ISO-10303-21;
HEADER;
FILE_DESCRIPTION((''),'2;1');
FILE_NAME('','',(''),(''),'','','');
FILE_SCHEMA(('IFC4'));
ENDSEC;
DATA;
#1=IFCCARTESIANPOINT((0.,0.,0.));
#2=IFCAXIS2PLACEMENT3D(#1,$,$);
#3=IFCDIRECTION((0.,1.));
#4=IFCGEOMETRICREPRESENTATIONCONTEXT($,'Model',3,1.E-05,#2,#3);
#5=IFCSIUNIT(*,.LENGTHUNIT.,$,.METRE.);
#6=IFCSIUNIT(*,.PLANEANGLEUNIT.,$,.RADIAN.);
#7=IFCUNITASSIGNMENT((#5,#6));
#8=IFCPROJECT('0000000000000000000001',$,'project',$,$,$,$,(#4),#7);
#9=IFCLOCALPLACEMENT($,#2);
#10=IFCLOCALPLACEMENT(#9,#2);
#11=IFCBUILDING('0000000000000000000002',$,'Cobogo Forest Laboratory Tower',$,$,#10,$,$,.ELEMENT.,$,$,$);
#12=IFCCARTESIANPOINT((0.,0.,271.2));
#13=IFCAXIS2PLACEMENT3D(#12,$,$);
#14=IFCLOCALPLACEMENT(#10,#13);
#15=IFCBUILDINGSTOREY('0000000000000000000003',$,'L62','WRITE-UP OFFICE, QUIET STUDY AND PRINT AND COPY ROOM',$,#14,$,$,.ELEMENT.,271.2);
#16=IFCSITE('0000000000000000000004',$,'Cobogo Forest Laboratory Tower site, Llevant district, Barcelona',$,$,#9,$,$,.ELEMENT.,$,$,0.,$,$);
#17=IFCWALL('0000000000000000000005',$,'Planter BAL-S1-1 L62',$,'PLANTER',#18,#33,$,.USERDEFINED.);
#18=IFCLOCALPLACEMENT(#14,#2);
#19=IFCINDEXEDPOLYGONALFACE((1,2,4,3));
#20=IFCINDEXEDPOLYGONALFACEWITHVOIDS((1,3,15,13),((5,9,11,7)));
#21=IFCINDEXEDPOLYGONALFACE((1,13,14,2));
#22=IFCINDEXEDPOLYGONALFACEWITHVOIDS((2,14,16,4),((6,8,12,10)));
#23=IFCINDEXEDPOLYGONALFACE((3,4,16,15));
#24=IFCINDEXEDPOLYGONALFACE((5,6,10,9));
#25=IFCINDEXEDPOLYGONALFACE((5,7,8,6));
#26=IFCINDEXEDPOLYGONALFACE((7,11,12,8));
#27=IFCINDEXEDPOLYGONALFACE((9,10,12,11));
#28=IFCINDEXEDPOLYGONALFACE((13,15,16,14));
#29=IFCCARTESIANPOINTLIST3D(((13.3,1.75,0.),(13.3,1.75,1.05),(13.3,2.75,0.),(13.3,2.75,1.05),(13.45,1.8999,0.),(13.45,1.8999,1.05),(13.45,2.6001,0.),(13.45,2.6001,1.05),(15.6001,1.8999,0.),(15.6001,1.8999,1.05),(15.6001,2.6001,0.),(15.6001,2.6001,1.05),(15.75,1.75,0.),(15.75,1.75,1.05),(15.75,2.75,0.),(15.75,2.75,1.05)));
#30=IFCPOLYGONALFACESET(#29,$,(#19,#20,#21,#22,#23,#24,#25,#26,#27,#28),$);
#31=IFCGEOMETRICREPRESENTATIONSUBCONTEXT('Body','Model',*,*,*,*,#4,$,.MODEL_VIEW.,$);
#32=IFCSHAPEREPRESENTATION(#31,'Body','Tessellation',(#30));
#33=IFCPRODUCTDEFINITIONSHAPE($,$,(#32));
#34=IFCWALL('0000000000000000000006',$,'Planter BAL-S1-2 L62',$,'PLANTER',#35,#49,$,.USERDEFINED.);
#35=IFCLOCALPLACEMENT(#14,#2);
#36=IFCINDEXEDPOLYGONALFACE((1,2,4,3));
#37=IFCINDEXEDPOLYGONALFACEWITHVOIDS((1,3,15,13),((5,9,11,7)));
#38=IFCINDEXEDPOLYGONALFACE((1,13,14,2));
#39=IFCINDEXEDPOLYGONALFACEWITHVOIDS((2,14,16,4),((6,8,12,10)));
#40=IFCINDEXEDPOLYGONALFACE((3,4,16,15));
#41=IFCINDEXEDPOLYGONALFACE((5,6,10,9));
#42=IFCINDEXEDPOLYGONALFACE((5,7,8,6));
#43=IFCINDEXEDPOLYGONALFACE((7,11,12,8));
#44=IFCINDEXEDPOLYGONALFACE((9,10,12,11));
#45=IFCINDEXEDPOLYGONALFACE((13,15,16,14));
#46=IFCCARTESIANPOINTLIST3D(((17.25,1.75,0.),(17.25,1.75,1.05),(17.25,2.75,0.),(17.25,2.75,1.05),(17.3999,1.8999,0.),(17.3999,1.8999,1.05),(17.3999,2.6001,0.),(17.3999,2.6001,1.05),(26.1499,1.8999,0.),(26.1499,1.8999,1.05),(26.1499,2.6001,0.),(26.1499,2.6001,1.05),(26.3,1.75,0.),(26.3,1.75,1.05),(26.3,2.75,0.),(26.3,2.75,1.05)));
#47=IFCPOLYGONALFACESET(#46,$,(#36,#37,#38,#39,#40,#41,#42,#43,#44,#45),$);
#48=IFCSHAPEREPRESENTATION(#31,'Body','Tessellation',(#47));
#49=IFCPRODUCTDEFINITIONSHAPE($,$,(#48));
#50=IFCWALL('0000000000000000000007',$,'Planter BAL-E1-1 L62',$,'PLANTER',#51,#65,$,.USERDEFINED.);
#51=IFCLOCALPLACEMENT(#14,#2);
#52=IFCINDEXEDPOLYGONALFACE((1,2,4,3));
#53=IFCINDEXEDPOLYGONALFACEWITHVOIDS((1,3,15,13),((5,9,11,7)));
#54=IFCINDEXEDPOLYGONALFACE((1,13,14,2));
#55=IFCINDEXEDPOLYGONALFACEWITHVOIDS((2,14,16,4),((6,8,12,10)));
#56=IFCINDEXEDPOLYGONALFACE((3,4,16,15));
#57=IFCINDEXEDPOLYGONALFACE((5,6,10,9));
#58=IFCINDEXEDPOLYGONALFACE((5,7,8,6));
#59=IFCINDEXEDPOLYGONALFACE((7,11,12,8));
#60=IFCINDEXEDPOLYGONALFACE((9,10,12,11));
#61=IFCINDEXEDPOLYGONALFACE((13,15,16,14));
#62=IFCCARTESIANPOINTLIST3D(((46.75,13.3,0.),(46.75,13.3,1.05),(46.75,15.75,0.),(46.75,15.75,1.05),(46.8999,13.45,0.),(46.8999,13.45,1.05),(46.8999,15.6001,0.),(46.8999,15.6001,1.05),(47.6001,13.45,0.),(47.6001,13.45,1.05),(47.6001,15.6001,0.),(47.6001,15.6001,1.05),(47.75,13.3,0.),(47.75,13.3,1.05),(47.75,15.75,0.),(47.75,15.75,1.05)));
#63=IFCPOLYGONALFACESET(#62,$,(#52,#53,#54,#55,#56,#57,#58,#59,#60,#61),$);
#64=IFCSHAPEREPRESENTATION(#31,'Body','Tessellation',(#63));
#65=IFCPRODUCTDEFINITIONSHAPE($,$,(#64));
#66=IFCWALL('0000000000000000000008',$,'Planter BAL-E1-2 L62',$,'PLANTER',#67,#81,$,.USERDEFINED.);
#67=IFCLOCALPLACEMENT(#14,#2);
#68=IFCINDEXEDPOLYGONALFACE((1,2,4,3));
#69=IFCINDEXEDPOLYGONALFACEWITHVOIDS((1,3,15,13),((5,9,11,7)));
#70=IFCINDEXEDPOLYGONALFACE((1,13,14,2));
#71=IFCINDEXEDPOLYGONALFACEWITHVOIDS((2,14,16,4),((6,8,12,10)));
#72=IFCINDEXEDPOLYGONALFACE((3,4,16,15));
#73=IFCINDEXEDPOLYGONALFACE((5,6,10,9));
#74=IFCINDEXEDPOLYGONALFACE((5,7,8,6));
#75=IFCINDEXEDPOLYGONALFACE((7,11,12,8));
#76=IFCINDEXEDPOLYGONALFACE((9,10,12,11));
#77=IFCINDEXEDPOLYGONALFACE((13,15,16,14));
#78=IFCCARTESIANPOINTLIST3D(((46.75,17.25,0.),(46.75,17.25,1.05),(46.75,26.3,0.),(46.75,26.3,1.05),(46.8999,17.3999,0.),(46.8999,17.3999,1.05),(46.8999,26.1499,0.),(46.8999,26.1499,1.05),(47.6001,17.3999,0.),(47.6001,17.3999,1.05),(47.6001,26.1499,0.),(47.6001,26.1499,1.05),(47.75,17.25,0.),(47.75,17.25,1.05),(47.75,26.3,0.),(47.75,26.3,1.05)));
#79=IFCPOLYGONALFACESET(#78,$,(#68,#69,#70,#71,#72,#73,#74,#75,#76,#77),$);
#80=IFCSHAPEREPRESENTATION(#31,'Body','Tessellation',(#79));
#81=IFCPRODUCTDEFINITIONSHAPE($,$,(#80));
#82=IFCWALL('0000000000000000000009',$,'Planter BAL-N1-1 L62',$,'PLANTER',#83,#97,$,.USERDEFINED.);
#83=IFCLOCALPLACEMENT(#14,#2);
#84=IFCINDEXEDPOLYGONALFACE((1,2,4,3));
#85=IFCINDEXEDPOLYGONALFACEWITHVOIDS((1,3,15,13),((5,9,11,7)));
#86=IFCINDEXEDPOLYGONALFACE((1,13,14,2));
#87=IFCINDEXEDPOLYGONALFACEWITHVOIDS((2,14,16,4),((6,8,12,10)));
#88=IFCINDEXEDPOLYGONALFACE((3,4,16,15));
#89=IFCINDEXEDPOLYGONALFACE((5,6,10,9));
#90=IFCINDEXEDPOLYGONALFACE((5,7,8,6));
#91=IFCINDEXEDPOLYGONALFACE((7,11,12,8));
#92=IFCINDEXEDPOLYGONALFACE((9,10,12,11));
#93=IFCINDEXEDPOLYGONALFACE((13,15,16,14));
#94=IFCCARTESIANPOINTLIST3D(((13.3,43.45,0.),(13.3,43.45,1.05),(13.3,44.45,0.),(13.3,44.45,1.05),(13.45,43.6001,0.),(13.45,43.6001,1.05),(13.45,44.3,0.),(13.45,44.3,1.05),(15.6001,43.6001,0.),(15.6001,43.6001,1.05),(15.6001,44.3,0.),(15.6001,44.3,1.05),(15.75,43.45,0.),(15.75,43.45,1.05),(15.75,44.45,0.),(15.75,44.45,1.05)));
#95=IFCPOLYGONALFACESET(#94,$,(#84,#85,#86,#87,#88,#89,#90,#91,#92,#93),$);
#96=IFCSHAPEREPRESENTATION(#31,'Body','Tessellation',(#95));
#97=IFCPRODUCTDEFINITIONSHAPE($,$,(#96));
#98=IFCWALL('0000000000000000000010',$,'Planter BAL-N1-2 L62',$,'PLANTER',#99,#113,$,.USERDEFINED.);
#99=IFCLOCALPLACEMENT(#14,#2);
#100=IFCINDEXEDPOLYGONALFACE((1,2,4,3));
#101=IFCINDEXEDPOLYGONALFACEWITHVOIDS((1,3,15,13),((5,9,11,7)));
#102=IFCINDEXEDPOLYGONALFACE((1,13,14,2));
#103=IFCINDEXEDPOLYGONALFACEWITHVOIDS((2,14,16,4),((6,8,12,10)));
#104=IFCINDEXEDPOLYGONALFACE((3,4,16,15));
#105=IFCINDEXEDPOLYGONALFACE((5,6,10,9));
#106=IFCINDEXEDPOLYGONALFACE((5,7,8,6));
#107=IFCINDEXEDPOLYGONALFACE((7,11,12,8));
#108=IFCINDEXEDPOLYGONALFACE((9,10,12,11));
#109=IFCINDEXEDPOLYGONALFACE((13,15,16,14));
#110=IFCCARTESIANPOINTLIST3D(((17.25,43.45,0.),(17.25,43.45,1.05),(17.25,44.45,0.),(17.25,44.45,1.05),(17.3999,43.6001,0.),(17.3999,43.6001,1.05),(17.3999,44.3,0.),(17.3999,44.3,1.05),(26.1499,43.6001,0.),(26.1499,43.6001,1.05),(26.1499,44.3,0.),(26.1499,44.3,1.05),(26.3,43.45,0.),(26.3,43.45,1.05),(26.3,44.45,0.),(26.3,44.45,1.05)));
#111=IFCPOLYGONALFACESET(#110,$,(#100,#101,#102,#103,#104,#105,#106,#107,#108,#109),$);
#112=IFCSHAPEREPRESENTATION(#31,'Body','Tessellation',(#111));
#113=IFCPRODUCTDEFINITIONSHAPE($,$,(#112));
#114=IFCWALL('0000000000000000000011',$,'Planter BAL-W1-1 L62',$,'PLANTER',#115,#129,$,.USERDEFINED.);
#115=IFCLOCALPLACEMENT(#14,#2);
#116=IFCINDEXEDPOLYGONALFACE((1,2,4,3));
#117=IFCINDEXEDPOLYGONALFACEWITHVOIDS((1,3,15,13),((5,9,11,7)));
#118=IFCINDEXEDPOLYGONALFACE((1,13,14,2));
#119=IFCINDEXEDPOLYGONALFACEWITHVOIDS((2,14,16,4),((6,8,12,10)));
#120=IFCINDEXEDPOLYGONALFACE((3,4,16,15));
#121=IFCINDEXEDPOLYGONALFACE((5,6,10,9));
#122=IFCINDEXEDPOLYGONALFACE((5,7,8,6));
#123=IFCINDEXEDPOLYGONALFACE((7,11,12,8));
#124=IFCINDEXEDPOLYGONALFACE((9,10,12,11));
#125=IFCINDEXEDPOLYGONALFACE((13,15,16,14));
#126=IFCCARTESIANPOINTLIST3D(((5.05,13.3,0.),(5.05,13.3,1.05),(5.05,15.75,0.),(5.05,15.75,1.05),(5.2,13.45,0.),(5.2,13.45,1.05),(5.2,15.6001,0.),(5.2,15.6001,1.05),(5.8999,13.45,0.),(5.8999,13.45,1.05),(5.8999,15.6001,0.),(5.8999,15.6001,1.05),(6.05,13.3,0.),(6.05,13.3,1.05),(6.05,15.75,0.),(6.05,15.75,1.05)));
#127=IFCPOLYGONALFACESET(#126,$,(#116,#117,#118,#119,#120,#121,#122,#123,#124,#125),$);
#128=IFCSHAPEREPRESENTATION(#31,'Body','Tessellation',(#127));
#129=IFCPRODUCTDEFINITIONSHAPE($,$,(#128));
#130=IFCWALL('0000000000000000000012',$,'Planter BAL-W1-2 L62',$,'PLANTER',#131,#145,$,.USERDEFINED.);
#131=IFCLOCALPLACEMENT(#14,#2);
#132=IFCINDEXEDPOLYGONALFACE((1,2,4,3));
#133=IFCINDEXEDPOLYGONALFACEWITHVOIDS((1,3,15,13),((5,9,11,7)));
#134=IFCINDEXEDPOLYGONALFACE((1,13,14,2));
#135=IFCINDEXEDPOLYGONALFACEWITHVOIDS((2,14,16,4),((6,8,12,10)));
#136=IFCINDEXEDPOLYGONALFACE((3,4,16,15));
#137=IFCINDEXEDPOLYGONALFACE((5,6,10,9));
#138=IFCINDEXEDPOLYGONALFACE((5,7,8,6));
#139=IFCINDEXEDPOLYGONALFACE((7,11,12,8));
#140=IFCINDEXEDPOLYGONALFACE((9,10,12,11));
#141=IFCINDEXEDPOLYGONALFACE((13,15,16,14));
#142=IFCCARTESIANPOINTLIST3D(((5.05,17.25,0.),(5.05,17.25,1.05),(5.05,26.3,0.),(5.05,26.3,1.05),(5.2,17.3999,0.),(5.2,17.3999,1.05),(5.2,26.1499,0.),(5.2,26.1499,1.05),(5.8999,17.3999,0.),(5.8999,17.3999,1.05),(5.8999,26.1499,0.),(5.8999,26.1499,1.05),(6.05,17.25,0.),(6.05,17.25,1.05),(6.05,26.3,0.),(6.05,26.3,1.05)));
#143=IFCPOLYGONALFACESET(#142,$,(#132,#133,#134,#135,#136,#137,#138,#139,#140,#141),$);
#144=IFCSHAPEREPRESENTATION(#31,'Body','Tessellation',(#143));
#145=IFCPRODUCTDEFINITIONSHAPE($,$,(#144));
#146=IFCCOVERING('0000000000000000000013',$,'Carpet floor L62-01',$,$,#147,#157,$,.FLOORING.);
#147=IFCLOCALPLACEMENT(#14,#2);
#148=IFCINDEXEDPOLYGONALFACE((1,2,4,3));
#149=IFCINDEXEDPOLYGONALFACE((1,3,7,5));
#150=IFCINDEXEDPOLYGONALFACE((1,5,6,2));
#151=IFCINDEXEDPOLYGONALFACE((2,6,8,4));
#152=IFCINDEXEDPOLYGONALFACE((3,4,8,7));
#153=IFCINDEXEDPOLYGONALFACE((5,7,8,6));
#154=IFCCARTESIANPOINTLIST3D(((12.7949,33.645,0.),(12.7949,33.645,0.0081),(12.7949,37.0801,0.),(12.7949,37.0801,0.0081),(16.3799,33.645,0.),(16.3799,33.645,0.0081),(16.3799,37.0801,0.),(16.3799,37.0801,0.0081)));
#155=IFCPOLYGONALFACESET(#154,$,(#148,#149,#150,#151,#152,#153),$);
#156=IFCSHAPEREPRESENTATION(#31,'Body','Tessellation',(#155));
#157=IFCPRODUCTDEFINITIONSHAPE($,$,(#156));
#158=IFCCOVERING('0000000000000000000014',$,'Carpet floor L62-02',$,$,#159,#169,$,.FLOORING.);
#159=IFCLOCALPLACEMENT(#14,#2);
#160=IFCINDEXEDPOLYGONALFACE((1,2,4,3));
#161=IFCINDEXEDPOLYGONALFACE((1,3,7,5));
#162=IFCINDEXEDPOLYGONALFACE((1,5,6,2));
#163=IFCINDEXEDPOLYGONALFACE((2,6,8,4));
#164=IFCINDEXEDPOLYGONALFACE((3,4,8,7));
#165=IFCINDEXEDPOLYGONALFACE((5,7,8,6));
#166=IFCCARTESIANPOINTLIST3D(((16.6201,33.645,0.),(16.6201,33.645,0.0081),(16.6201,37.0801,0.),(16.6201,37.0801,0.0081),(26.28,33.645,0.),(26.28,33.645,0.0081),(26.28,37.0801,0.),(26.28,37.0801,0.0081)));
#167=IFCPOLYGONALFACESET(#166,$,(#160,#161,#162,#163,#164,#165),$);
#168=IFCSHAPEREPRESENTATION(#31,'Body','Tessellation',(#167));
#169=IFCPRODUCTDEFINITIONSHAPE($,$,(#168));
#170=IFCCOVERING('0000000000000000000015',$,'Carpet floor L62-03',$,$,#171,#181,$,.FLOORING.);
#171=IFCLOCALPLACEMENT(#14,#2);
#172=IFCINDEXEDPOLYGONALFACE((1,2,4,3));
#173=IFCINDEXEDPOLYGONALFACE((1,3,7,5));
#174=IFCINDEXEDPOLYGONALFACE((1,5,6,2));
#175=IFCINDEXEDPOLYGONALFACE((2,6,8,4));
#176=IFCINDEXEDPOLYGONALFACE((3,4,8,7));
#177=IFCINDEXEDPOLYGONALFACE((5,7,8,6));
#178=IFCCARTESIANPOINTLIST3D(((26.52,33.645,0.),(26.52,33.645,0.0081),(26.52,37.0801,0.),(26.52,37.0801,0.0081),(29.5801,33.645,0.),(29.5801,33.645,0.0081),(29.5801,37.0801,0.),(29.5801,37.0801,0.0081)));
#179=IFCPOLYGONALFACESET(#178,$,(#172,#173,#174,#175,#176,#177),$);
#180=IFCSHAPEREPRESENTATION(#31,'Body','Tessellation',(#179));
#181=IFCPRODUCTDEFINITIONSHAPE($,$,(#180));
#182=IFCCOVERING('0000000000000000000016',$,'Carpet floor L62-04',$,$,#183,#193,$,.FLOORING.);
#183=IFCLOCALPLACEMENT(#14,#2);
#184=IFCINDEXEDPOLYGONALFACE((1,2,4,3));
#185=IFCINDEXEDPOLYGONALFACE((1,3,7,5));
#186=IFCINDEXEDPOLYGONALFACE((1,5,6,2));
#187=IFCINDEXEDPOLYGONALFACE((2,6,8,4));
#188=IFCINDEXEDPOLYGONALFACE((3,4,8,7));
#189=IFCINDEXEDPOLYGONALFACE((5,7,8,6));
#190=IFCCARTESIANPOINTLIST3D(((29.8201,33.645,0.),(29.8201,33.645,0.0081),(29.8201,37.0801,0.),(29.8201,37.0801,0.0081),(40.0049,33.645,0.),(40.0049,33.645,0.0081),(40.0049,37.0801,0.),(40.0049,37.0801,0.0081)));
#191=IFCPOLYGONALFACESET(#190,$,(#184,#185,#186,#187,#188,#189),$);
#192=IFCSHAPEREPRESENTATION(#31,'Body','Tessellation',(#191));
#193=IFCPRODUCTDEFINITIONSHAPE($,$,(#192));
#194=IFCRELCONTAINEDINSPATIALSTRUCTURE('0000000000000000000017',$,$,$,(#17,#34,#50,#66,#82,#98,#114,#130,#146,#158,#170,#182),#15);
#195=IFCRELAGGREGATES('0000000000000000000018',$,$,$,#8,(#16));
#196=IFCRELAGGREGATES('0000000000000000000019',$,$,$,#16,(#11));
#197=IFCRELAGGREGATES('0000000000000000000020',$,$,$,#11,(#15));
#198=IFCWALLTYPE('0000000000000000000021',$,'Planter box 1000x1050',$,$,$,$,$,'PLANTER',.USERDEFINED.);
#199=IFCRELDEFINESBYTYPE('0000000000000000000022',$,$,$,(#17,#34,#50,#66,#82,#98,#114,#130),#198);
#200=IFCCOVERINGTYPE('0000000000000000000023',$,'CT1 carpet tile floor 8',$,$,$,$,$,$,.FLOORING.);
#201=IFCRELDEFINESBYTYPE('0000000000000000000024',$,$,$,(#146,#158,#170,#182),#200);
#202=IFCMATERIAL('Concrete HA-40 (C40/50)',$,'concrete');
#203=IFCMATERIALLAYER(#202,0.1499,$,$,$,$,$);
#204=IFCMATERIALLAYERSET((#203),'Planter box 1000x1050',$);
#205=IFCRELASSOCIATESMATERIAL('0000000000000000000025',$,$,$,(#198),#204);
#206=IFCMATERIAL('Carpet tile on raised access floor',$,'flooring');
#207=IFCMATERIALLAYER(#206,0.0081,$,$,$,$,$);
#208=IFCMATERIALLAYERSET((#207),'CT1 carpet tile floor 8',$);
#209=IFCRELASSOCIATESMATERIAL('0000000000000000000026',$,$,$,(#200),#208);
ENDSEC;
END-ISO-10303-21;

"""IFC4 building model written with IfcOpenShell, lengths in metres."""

from ifc_helpers import new_model, si_unit, direction, frame, origin, place, context, subcontext, project, spatial, polyline, outline, extrude, material, layer, layer_set, type_object, element, save


model = new_model("IFC4")

# Units and contexts
model_context = context("Model", 3, precision=1e-05, world=origin(), true_north=direction((0.0, 1.0)))
body_context = subcontext(model_context, "Body", "Model", "MODEL_VIEW")
ifc_project = project(units=[si_unit("LENGTHUNIT", "METRE"), si_unit("PLANEANGLEUNIT", "RADIAN")], contexts=[model_context])

# Site, building, storey
site_placement = place(None, origin())
site = spatial("IfcSite", under=ifc_project, at=site_placement, Name="Cobogo Forest Laboratory Tower site, Llevant district, Barcelona", CompositionType="ELEMENT", RefElevation=0.0)
building_placement = place(site_placement, origin())
building = spatial("IfcBuilding", under=site, at=building_placement, Name="Cobogo Forest Laboratory Tower", CompositionType="ELEMENT")
storey_placement = place(building_placement, frame((0.0, 0.0, 271.2)))
storey = spatial("IfcBuildingStorey", under=building, at=storey_placement, Name="L62", Description="WRITE-UP OFFICE, QUIET STUDY AND PRINT AND COPY ROOM", CompositionType="ELEMENT", Elevation=271.2)

# Shared definitions
ifc_material_1 = material(Name="Concrete HA-40 (C40/50)", Category="concrete")

# Walls
ifc_layer_1 = layer(ifc_material_1, 0.1499)
ifc_layer_set_1 = layer_set([ifc_layer_1], Name="Planter box 1000x1050")
wall_type = type_object("IfcWallType", Name="Planter box 1000x1050", ElementType="PLANTER", PredefinedType="USERDEFINED", material=ifc_layer_set_1)
wall_1_placement = place(storey_placement, origin())
element("IfcWall", 1, at=wall_1_placement, inside=storey, type_object=wall_type, Name="Planter BAL-S1-1 L62", ObjectType="PLANTER", PredefinedType="USERDEFINED", context=body_context, shape_type="SweptSolid", body=[
    extrude(outline(polyline([(13.3, 1.75), (15.75, 1.75), (15.75, 2.75), (13.3, 2.75), (13.3, 1.75)]), holes=[polyline([(13.45, 1.8999), (15.6001, 1.8999), (15.6001, 2.6001), (13.45, 2.6001), (13.45, 1.8999)])]), origin(), (0.0, 0.0, 1.0), 1.05),
])
wall_2_placement = place(storey_placement, origin())
element("IfcWall", 2, at=wall_2_placement, inside=storey, type_object=wall_type, Name="Planter BAL-S1-2 L62", ObjectType="PLANTER", PredefinedType="USERDEFINED", context=body_context, shape_type="SweptSolid", body=[
    extrude(outline(polyline([(17.25, 1.75), (26.3, 1.75), (26.3, 2.75), (17.25, 2.75), (17.25, 1.75)]), holes=[polyline([(17.3999, 1.8999), (26.1499, 1.8999), (26.1499, 2.6001), (17.3999, 2.6001), (17.3999, 1.8999)])]), origin(), (0.0, 0.0, 1.0), 1.05),
])
wall_3_placement = place(storey_placement, origin())
element("IfcWall", 3, at=wall_3_placement, inside=storey, type_object=wall_type, Name="Planter BAL-E1-1 L62", ObjectType="PLANTER", PredefinedType="USERDEFINED", context=body_context, shape_type="SweptSolid", body=[
    extrude(outline(polyline([(46.75, 13.3), (47.75, 13.3), (47.75, 15.75), (46.75, 15.75), (46.75, 13.3)]), holes=[polyline([(46.8999, 13.45), (47.6001, 13.45), (47.6001, 15.6001), (46.8999, 15.6001), (46.8999, 13.45)])]), origin(), (0.0, 0.0, 1.0), 1.05),
])
wall_4_placement = place(storey_placement, origin())
element("IfcWall", 4, at=wall_4_placement, inside=storey, type_object=wall_type, Name="Planter BAL-E1-2 L62", ObjectType="PLANTER", PredefinedType="USERDEFINED", context=body_context, shape_type="SweptSolid", body=[
    extrude(outline(polyline([(46.75, 17.25), (47.75, 17.25), (47.75, 26.3), (46.75, 26.3), (46.75, 17.25)]), holes=[polyline([(46.8999, 17.3999), (47.6001, 17.3999), (47.6001, 26.1499), (46.8999, 26.1499), (46.8999, 17.3999)])]), origin(), (0.0, 0.0, 1.0), 1.05),
])
wall_5_placement = place(storey_placement, origin())
element("IfcWall", 5, at=wall_5_placement, inside=storey, type_object=wall_type, Name="Planter BAL-N1-1 L62", ObjectType="PLANTER", PredefinedType="USERDEFINED", context=body_context, shape_type="SweptSolid", body=[
    extrude(outline(polyline([(13.3, 43.45), (15.75, 43.45), (15.75, 44.45), (13.3, 44.45), (13.3, 43.45)]), holes=[polyline([(13.45, 43.6001), (15.6001, 43.6001), (15.6001, 44.3), (13.45, 44.3), (13.45, 43.6001)])]), origin(), (0.0, 0.0, 1.0), 1.05),
])
wall_6_placement = place(storey_placement, origin())
element("IfcWall", 6, at=wall_6_placement, inside=storey, type_object=wall_type, Name="Planter BAL-N1-2 L62", ObjectType="PLANTER", PredefinedType="USERDEFINED", context=body_context, shape_type="SweptSolid", body=[
    extrude(outline(polyline([(17.25, 43.45), (26.3, 43.45), (26.3, 44.45), (17.25, 44.45), (17.25, 43.45)]), holes=[polyline([(17.3999, 43.6001), (26.1499, 43.6001), (26.1499, 44.3), (17.3999, 44.3), (17.3999, 43.6001)])]), origin(), (0.0, 0.0, 1.0), 1.05),
])
wall_7_placement = place(storey_placement, origin())
element("IfcWall", 7, at=wall_7_placement, inside=storey, type_object=wall_type, Name="Planter BAL-W1-1 L62", ObjectType="PLANTER", PredefinedType="USERDEFINED", context=body_context, shape_type="SweptSolid", body=[
    extrude(outline(polyline([(5.05, 13.3), (6.05, 13.3), (6.05, 15.75), (5.05, 15.75), (5.05, 13.3)]), holes=[polyline([(5.2, 13.45), (5.8999, 13.45), (5.8999, 15.6001), (5.2, 15.6001), (5.2, 13.45)])]), origin(), (0.0, 0.0, 1.0), 1.05),
])
wall_8_placement = place(storey_placement, origin())
element("IfcWall", 8, at=wall_8_placement, inside=storey, type_object=wall_type, Name="Planter BAL-W1-2 L62", ObjectType="PLANTER", PredefinedType="USERDEFINED", context=body_context, shape_type="SweptSolid", body=[
    extrude(outline(polyline([(5.05, 17.25), (6.05, 17.25), (6.05, 26.3), (5.05, 26.3), (5.05, 17.25)]), holes=[polyline([(5.2, 17.3999), (5.8999, 17.3999), (5.8999, 26.1499), (5.2, 26.1499), (5.2, 17.3999)])]), origin(), (0.0, 0.0, 1.0), 1.05),
])

# Coverings
ifc_material_2 = material(Name="Carpet tile on raised access floor", Category="flooring")
ifc_layer_2 = layer(ifc_material_2, 0.0081)
ifc_layer_set_2 = layer_set([ifc_layer_2], Name="CT1 carpet tile floor 8")
covering_type = type_object("IfcCoveringType", Name="CT1 carpet tile floor 8", PredefinedType="FLOORING", material=ifc_layer_set_2)
covering_1_placement = place(storey_placement, origin())
element("IfcCovering", 9, at=covering_1_placement, inside=storey, type_object=covering_type, Name="Carpet floor L62-01", PredefinedType="FLOORING", context=body_context, shape_type="SweptSolid", body=[
    extrude(outline(polyline([(16.3799, 33.645), (12.7949, 33.645), (12.7949, 37.0801), (16.3799, 37.0801), (16.3799, 33.645)])), origin(), (0.0, 0.0, 1.0), 0.0081),
])
covering_2_placement = place(storey_placement, origin())
element("IfcCovering", 10, at=covering_2_placement, inside=storey, type_object=covering_type, Name="Carpet floor L62-02", PredefinedType="FLOORING", context=body_context, shape_type="SweptSolid", body=[
    extrude(outline(polyline([(26.28, 33.645), (16.6201, 33.645), (16.6201, 37.0801), (26.28, 37.0801), (26.28, 33.645)])), origin(), (0.0, 0.0, 1.0), 0.0081),
])
covering_3_placement = place(storey_placement, origin())
element("IfcCovering", 11, at=covering_3_placement, inside=storey, type_object=covering_type, Name="Carpet floor L62-03", PredefinedType="FLOORING", context=body_context, shape_type="SweptSolid", body=[
    extrude(outline(polyline([(29.5801, 33.645), (26.52, 33.645), (26.52, 37.0801), (29.5801, 37.0801), (29.5801, 33.645)])), origin(), (0.0, 0.0, 1.0), 0.0081),
])
covering_4_placement = place(storey_placement, origin())
element("IfcCovering", 12, at=covering_4_placement, inside=storey, type_object=covering_type, Name="Carpet floor L62-04", PredefinedType="FLOORING", context=body_context, shape_type="SweptSolid", body=[
    extrude(outline(polyline([(40.0049, 33.645), (29.8201, 33.645), (29.8201, 37.0801), (40.0049, 37.0801), (40.0049, 33.645)])), origin(), (0.0, 0.0, 1.0), 0.0081),
])

save(model, "model.ifc")
